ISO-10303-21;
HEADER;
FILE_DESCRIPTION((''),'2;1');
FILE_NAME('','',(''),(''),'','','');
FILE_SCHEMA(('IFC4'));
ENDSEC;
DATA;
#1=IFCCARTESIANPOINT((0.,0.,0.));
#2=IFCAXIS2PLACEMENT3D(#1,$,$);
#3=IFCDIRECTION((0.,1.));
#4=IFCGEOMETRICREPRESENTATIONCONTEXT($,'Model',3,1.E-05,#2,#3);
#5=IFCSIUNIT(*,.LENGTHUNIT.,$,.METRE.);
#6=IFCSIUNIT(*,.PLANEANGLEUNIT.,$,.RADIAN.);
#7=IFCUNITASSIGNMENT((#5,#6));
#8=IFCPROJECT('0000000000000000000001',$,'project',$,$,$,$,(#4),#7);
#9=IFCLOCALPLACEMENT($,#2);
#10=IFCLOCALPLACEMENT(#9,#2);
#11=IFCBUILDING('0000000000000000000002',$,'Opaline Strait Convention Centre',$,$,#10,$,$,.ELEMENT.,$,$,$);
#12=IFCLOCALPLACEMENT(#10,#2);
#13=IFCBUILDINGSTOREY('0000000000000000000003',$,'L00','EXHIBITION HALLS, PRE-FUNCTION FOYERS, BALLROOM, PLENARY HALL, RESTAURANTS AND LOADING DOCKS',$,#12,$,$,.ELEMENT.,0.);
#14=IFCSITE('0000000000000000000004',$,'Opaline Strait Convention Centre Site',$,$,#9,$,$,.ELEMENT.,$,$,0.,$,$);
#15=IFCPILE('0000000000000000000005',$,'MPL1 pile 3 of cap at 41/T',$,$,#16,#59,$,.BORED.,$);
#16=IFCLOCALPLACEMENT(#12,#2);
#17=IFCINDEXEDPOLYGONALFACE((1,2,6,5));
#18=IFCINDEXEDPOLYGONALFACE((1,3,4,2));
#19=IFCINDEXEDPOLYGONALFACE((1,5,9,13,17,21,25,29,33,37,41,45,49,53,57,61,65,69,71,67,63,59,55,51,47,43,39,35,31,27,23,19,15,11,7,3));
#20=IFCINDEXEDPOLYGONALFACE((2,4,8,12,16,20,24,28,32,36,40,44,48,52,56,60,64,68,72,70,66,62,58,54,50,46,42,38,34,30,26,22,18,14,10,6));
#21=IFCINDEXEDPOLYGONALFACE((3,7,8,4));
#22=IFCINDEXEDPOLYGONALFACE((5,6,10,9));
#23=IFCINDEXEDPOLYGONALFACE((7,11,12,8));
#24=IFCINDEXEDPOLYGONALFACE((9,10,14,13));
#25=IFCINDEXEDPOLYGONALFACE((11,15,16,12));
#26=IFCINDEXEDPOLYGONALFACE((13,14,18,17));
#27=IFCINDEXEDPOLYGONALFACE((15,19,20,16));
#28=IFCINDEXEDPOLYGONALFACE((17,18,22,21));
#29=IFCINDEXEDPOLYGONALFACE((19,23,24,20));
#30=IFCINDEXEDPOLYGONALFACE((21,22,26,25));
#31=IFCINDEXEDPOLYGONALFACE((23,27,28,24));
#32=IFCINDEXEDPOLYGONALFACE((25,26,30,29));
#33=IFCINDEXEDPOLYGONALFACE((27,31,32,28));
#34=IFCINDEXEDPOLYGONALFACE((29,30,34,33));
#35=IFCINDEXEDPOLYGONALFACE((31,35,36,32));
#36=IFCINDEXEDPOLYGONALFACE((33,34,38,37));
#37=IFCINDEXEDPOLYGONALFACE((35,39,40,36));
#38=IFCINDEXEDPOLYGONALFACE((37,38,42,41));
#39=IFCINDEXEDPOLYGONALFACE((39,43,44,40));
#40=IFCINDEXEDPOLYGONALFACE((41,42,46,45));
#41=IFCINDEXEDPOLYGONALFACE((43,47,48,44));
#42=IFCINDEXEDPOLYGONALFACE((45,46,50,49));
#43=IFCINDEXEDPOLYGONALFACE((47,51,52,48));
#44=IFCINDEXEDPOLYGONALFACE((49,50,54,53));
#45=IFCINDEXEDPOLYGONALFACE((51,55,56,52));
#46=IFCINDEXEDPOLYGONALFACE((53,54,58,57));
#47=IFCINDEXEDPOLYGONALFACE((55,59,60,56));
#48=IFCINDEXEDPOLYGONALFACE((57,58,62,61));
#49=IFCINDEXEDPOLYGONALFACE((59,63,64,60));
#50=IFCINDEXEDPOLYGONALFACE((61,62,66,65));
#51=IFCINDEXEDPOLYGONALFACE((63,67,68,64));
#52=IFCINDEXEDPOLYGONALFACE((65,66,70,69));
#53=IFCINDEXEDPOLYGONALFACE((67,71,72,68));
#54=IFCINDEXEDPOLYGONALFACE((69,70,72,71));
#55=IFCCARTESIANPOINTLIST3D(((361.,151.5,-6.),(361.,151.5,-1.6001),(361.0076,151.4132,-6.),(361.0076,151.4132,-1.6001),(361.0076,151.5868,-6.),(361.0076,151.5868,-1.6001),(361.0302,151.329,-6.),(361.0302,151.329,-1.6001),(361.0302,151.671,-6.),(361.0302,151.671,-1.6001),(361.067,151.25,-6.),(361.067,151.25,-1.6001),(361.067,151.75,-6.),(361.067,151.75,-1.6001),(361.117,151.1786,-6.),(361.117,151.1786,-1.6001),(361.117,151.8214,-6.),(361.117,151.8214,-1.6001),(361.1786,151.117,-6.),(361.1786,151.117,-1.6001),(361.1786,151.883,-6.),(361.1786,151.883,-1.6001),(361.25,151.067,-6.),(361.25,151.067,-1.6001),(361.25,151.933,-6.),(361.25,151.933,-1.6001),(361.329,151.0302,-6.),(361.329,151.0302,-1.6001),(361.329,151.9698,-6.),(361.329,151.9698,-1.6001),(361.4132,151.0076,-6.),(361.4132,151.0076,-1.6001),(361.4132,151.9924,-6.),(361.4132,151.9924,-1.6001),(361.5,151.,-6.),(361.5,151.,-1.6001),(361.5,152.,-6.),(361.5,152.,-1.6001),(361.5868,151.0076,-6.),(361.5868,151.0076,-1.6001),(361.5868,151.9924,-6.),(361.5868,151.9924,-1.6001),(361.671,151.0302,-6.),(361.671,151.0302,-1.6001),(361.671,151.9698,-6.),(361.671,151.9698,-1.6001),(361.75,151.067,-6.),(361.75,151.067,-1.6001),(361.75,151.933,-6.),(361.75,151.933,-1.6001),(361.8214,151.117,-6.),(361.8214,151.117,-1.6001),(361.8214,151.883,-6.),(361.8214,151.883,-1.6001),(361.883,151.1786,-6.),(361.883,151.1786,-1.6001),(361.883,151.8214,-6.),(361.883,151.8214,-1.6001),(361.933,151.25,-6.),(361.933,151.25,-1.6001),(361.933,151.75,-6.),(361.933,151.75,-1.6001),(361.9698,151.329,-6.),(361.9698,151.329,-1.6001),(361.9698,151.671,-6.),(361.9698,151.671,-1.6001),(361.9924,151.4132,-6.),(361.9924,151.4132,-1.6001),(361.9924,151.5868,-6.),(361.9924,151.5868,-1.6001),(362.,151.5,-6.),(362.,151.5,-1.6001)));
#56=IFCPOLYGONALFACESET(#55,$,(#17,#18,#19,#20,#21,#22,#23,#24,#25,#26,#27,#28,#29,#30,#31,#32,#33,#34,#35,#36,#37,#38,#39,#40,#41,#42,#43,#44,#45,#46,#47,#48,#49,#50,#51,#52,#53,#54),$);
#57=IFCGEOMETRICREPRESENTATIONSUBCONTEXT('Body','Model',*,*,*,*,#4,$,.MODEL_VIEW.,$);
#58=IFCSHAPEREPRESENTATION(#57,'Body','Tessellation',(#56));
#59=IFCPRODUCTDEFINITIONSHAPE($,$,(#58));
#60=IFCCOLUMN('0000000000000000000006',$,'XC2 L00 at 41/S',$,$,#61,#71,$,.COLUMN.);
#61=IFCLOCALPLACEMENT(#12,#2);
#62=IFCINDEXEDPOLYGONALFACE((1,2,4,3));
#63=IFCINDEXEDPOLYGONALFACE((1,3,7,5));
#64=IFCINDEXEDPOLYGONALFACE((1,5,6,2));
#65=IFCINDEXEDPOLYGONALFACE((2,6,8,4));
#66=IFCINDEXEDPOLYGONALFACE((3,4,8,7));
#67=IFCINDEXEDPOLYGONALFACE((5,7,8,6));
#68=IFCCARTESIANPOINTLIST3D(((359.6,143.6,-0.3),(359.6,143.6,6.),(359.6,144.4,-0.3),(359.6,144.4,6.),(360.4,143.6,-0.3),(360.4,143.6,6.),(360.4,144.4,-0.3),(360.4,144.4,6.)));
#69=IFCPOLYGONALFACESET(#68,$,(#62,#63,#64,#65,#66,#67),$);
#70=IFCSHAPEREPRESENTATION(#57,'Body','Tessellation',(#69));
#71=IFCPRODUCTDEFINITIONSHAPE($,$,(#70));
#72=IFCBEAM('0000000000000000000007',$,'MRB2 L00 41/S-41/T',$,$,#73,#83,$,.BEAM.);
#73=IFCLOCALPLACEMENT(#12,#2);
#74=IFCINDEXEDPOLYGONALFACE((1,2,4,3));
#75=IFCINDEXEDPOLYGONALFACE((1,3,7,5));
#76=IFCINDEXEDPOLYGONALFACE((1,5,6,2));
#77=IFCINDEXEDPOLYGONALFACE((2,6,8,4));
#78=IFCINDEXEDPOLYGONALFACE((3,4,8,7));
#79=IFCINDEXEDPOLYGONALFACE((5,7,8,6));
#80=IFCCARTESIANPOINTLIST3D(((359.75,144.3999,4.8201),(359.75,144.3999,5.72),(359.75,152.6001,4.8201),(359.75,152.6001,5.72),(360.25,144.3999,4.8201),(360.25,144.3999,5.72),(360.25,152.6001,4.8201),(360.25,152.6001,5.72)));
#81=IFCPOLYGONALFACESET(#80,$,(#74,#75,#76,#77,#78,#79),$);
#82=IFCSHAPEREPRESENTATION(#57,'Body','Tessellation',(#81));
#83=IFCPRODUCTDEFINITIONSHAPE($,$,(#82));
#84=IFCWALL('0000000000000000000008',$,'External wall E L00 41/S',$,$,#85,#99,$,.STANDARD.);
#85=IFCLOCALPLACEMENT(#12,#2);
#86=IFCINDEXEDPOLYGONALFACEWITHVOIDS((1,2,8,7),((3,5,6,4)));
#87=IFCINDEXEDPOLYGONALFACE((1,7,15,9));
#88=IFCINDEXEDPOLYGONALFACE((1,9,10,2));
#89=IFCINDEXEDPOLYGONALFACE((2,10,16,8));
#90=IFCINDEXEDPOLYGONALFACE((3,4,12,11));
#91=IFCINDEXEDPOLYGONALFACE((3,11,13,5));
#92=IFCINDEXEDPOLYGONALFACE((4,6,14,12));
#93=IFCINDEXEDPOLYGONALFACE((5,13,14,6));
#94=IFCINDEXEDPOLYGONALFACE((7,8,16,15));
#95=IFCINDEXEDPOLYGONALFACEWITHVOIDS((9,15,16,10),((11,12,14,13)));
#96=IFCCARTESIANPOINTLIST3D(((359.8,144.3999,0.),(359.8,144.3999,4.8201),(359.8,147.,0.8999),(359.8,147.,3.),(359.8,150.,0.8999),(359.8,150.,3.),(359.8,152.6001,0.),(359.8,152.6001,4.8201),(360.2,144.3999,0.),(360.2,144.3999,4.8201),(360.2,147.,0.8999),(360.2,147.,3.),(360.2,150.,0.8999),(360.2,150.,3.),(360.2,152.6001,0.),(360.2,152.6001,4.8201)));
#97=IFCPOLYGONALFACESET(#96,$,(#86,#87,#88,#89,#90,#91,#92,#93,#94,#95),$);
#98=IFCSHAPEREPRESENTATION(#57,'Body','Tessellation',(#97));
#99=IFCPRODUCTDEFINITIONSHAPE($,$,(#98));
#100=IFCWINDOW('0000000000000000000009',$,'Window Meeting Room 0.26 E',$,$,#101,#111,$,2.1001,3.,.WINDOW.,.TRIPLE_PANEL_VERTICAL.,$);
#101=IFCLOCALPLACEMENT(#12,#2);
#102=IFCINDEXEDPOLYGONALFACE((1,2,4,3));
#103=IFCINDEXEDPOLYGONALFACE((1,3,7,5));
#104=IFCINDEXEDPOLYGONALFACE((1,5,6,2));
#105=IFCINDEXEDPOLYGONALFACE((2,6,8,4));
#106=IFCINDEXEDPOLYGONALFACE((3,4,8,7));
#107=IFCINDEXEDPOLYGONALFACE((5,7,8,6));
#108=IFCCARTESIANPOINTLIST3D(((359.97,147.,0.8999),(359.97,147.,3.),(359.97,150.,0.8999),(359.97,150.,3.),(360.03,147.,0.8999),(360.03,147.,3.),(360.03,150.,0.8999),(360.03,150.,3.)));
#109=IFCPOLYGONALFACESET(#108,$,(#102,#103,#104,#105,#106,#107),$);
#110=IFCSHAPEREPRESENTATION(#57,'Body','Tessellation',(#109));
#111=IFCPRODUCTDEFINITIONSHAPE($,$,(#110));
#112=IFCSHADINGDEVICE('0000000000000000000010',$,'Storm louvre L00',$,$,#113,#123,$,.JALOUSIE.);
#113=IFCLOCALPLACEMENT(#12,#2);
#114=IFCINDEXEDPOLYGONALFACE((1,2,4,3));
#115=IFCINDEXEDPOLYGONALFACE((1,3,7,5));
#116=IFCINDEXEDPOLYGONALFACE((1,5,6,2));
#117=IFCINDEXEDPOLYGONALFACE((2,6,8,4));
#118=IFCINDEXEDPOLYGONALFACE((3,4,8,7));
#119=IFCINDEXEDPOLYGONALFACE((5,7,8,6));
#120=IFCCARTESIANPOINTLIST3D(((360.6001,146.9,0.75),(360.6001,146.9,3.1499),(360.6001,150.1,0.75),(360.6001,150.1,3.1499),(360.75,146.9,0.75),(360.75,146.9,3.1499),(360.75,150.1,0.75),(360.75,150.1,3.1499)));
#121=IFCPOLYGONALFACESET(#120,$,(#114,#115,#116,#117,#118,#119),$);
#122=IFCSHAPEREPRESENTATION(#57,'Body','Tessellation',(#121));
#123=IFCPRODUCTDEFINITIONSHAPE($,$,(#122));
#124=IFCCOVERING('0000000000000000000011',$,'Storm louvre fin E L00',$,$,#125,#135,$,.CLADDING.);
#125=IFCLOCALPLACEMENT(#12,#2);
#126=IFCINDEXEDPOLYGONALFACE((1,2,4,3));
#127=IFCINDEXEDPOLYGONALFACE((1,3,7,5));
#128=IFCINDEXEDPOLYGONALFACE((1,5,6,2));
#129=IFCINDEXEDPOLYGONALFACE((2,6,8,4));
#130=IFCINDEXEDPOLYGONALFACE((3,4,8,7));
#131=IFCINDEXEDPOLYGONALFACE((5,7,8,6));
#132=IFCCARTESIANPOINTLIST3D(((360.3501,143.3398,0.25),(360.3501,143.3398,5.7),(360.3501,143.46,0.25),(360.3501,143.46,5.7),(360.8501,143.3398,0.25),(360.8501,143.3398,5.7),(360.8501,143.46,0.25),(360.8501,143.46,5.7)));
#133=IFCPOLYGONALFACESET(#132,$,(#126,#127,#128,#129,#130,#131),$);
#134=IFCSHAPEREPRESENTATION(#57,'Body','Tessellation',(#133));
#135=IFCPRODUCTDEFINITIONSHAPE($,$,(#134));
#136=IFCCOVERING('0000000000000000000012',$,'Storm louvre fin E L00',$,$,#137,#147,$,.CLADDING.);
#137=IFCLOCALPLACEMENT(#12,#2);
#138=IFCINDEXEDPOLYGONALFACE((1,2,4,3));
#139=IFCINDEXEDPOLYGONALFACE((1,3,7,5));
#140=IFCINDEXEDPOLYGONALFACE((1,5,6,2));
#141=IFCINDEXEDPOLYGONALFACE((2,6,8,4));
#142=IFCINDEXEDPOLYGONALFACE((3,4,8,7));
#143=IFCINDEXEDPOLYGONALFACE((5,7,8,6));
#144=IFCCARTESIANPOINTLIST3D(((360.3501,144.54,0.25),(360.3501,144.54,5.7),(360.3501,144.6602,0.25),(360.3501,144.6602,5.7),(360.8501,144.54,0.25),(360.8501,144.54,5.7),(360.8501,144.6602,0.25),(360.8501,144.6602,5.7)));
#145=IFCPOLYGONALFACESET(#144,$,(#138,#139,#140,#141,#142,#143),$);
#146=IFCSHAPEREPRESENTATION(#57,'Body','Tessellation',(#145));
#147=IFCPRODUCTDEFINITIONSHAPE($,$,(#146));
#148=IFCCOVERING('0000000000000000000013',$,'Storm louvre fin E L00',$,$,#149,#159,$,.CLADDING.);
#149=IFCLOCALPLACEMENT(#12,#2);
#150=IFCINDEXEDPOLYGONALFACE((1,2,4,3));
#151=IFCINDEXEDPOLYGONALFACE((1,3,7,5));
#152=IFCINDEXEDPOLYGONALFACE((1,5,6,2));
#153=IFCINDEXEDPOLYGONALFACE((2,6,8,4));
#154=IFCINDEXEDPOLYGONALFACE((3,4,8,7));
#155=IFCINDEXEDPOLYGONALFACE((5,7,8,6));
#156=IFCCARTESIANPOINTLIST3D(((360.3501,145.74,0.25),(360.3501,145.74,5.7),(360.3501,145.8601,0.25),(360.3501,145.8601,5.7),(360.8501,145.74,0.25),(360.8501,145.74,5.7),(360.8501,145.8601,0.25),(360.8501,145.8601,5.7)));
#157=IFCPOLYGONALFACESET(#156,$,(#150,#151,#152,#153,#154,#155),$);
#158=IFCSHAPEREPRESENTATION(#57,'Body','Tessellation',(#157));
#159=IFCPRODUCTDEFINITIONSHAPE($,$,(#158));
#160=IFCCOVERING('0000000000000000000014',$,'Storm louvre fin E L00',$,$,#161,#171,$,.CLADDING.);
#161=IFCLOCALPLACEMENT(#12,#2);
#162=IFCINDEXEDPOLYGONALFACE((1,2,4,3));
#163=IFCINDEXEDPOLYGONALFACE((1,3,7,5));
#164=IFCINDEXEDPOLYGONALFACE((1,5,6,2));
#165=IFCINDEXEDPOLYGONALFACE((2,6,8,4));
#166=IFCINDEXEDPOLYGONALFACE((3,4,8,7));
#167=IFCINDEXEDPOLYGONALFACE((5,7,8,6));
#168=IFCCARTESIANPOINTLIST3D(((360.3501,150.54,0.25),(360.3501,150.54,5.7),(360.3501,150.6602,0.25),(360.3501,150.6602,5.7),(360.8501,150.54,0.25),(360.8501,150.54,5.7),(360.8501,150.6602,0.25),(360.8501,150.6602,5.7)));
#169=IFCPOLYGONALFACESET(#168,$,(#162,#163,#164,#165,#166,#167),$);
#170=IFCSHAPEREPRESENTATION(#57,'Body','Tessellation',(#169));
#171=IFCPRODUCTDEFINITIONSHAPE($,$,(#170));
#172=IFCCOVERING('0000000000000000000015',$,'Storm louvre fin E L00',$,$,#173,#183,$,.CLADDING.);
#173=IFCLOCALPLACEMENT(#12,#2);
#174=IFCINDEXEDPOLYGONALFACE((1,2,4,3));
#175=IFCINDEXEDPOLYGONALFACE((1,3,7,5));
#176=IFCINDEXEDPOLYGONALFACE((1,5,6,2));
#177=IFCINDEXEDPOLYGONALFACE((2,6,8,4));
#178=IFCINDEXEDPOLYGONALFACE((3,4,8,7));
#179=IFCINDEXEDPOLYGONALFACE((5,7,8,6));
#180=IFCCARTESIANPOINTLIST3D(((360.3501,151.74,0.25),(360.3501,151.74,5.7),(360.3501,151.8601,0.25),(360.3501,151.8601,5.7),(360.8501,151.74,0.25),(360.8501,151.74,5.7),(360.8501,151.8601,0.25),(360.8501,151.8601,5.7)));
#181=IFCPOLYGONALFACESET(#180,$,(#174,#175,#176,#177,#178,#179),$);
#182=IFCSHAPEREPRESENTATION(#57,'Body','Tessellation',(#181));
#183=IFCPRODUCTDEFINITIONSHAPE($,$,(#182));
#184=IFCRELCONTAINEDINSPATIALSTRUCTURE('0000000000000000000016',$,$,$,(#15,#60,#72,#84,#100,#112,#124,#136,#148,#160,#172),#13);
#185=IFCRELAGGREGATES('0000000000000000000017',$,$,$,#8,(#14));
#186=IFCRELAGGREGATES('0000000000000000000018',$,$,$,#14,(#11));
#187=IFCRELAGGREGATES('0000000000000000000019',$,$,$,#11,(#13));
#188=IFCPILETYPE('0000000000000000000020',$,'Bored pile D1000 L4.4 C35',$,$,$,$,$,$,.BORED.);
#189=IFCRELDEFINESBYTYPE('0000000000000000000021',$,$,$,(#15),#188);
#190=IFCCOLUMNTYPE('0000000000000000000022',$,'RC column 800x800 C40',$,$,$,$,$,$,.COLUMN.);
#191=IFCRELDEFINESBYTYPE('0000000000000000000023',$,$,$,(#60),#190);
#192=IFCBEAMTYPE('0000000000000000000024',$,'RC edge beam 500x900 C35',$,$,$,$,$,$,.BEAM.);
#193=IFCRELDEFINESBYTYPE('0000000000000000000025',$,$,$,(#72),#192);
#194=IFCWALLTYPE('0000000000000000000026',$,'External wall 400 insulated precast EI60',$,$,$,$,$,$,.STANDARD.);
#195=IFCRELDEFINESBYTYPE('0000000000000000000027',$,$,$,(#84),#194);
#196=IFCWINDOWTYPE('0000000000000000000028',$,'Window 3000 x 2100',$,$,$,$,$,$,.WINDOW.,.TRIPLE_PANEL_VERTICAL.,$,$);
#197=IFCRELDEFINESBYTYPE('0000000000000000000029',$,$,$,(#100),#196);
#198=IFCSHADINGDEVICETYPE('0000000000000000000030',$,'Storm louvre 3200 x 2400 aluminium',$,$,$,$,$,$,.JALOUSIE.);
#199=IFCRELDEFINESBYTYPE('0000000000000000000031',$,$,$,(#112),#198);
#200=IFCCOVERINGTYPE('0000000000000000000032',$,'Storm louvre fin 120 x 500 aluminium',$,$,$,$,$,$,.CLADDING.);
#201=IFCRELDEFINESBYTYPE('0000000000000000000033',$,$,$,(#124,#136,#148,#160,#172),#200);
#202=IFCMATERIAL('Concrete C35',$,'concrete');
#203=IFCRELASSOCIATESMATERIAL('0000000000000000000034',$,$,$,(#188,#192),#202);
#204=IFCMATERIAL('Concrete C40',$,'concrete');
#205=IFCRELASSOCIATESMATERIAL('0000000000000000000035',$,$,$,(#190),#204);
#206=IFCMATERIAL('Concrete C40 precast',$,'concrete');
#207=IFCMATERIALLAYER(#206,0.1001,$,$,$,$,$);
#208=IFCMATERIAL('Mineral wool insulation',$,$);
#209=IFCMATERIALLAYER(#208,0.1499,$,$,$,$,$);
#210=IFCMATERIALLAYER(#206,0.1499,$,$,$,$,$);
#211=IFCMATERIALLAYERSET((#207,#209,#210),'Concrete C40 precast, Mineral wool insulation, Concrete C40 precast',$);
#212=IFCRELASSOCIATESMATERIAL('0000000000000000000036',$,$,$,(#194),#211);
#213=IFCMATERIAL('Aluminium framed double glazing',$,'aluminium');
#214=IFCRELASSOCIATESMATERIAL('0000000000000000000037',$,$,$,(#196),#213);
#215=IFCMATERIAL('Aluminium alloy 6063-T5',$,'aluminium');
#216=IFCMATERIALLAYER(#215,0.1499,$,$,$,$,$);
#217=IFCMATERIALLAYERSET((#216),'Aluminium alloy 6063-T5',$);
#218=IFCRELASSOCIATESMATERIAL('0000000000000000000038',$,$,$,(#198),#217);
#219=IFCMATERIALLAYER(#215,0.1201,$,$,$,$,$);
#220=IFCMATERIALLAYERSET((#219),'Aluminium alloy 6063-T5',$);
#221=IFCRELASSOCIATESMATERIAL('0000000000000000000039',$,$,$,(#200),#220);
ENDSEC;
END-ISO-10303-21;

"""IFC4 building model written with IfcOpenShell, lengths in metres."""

from ifc_helpers import new_model, si_unit, direction, frame, frame_2d, origin, origin_2d, place, context, subcontext, project, spatial, rectangle, circle, extrude, material, layer, layer_set, material_profile, profile_set, type_object, element, fill, save


model = new_model("IFC4")

# Units and contexts
model_context = context("Model", 3, precision=1e-05, world=origin(), true_north=direction((0.0, 1.0)))
body_context = subcontext(model_context, "Body", "Model", "MODEL_VIEW")
ifc_project = project(units=[si_unit("LENGTHUNIT", "METRE"), si_unit("PLANEANGLEUNIT", "RADIAN")], contexts=[model_context])

# Site, building, storey
site_placement = place(None, origin())
site = spatial("IfcSite", under=ifc_project, at=site_placement, Name="Opaline Strait Convention Centre Site", CompositionType="ELEMENT", RefElevation=0.0)
building_placement = place(site_placement, origin())
building = spatial("IfcBuilding", under=site, at=building_placement, Name="Opaline Strait Convention Centre", CompositionType="ELEMENT")
storey_placement = place(building_placement, origin())
storey = spatial("IfcBuildingStorey", under=building, at=storey_placement, Name="L00", Description="EXHIBITION HALLS, PRE-FUNCTION FOYERS, BALLROOM, PLENARY HALL, RESTAURANTS AND LOADING DOCKS", CompositionType="ELEMENT", Elevation=0.0)

# Pile
ifc_material_1 = material(Name="Concrete C35", Category="concrete")
ifc_material_profile_1 = material_profile(ifc_material_1, circle(Radius=0.5, at=origin_2d()), Name="D1000")
ifc_profile_set_1 = profile_set([ifc_material_profile_1], Name="Concrete C35")
pile_type = type_object("IfcPileType", Name="Bored pile D1000 L4.4 C35", PredefinedType="BORED", material=ifc_profile_set_1)
for number, where, z_axis, x_axis, name in (
    (1, (361.5, 151.5, -1.6001), (0.0, 0.0, -1.0), (1.0, 0.0, 0.0), "MPL1 pile 3 of cap at 41/T"),
):
    element("IfcPile", number, at=place(storey_placement, frame(where, z_axis=z_axis, x_axis=x_axis)), inside=storey, type_object=pile_type, Name=name, PredefinedType="BORED", context=body_context, shape_type="SweptSolid", body=[
        extrude(circle(Radius=0.5, at=origin_2d()), origin(), (0.0, 0.0, 1.0), 4.3999),
    ])

# Column
ifc_material_2 = material(Name="Concrete C40", Category="concrete")
ifc_material_profile_2 = material_profile(ifc_material_2, rectangle(XDim=0.8, YDim=0.8, at=origin_2d()), Name="RC 800x800")
ifc_profile_set_2 = profile_set([ifc_material_profile_2], Name="Concrete C40")
column_type = type_object("IfcColumnType", Name="RC column 800x800 C40", PredefinedType="COLUMN", material=ifc_profile_set_2)
column_placement = place(storey_placement, frame((360.0, 144.0, -0.3), z_axis=(0.0, 0.0, 1.0), x_axis=(1.0, 0.0, 0.0)))
element("IfcColumn", 2, at=column_placement, inside=storey, type_object=column_type, Name="XC2 L00 at 41/S", PredefinedType="COLUMN", context=body_context, shape_type="SweptSolid", body=[
    extrude(rectangle(XDim=0.8, YDim=0.8, at=origin_2d()), origin(), (0.0, 0.0, 1.0), 6.3),
])

# Beam
ifc_material_profile_3 = material_profile(ifc_material_1, rectangle(XDim=0.5, YDim=0.8999, at=origin_2d()), Name="RC 500x900")
ifc_profile_set_3 = profile_set([ifc_material_profile_3], Name="Concrete C35")
beam_type = type_object("IfcBeamType", Name="RC edge beam 500x900 C35", PredefinedType="BEAM", material=ifc_profile_set_3)
beam_placement = place(storey_placement, frame((360.0, 144.3999, 5.27), z_axis=(0.0, 1.0, 0.0), x_axis=(-1.0, 0.0, 0.0)))
element("IfcBeam", 3, at=beam_placement, inside=storey, type_object=beam_type, Name="MRB2 L00 41/S-41/T", PredefinedType="BEAM", context=body_context, shape_type="SweptSolid", body=[
    extrude(rectangle(XDim=0.5, YDim=0.8999, at=origin_2d()), origin(), (0.0, 0.0, 1.0), 8.2002),
])

# Wall, opening, window
ifc_material_3 = material(Name="Concrete C40 precast", Category="concrete")
ifc_layer_1 = layer(ifc_material_3, 0.1001)
ifc_material_4 = material(Name="Mineral wool insulation")
ifc_layer_2 = layer(ifc_material_4, 0.1499)
ifc_layer_3 = layer(ifc_material_3, 0.1499)
ifc_layer_set_1 = layer_set([ifc_layer_1, ifc_layer_2, ifc_layer_3], Name="Concrete C40 precast, Mineral wool insulation, Concrete C40 precast")
wall_type = type_object("IfcWallType", Name="External wall 400 insulated precast EI60", PredefinedType="STANDARD", material=ifc_layer_set_1)
wall_placement = place(storey_placement, frame((360.0, 144.3999, 0.0), z_axis=(0.0, 0.0, 1.0), x_axis=(0.0, 1.0, 0.0)))
wall = element("IfcWall", 4, at=wall_placement, inside=storey, type_object=wall_type, Name="External wall E L00 41/S", PredefinedType="STANDARD", context=body_context, shape_type="SweptSolid", body=[
    extrude(rectangle(XDim=8.2002, YDim=0.3999, at=frame_2d((4.1001, 0.0))), origin(), (0.0, 0.0, 1.0), 4.8201),
])
opening_placement = place(wall_placement, frame((2.6001, 0.0, 0.8999)))
opening = element("IfcOpeningElement", 5, at=opening_placement, cuts=wall, PredefinedType="OPENING", context=body_context, shape_type="SweptSolid", body=[
    extrude(rectangle(XDim=3.0, YDim=2.1001, at=frame_2d((1.5, 1.05))), frame((0.0, 0.21, 0.0), z_axis=(0.0, -1.0, 0.0), x_axis=(1.0, 0.0, 0.0)), (0.0, 0.0, 1.0), 0.4199),
])
ifc_material_5 = material(Name="Aluminium framed double glazing", Category="aluminium")
window_type = type_object("IfcWindowType", Name="Window 3000 x 2100", PartitioningType="TRIPLE_PANEL_VERTICAL", PredefinedType="WINDOW", material=ifc_material_5)
window_placement = place(opening_placement, origin())
window = element("IfcWindow", 6, at=window_placement, inside=storey, type_object=window_type, Name="Window Meeting Room 0.26 E", OverallHeight=2.1001, OverallWidth=3.0, PartitioningType="TRIPLE_PANEL_VERTICAL", PredefinedType="WINDOW", context=body_context, shape_type="SweptSolid", body=[
    extrude(rectangle(XDim=3.0, YDim=2.1001, at=frame_2d((1.5, 1.05))), frame((0.0, 0.03, 0.0), z_axis=(0.0, -1.0, 0.0), x_axis=(1.0, 0.0, 0.0)), (0.0, 0.0, 1.0), 0.0601),
])
fill(opening, window)

# Shading device
ifc_material_6 = material(Name="Aluminium alloy 6063-T5", Category="aluminium")
ifc_layer_4 = layer(ifc_material_6, 0.1499)
ifc_layer_set_2 = layer_set([ifc_layer_4], Name="Aluminium alloy 6063-T5")
shading_device_type = type_object("IfcShadingDeviceType", Name="Storm louvre 3200 x 2400 aluminium", PredefinedType="JALOUSIE", material=ifc_layer_set_2)
shading_device_placement = place(storey_placement, frame((360.675, 148.5, 0.75), z_axis=(0.0, 0.0, 1.0), x_axis=(1.0, 0.0, 0.0)))
element("IfcShadingDevice", 7, at=shading_device_placement, inside=storey, type_object=shading_device_type, Name="Storm louvre L00", PredefinedType="JALOUSIE", context=body_context, shape_type="SweptSolid", body=[
    extrude(rectangle(XDim=0.1499, YDim=3.2, at=origin_2d()), origin(), (0.0, 0.0, 1.0), 2.3999),
])

# Coverings
ifc_layer_5 = layer(ifc_material_6, 0.1201)
ifc_layer_set_3 = layer_set([ifc_layer_5], Name="Aluminium alloy 6063-T5")
covering_type = type_object("IfcCoveringType", Name="Storm louvre fin 120 x 500 aluminium", PredefinedType="CLADDING", material=ifc_layer_set_3)
for number, where, z_axis, x_axis, name in (
    (8, (360.6001, 143.3999, 0.25), (0.0, 0.0, 1.0), (1.0, 0.0, 0.0), "Storm louvre fin E L00"),
    (9, (360.6001, 144.6001, 0.25), (0.0, 0.0, 1.0), (1.0, 0.0, 0.0), "Storm louvre fin E L00"),
    (10, (360.6001, 145.8, 0.25), (0.0, 0.0, 1.0), (1.0, 0.0, 0.0), "Storm louvre fin E L00"),
    (11, (360.6001, 150.6001, 0.25), (0.0, 0.0, 1.0), (1.0, 0.0, 0.0), "Storm louvre fin E L00"),
    (12, (360.6001, 151.8, 0.25), (0.0, 0.0, 1.0), (1.0, 0.0, 0.0), "Storm louvre fin E L00"),
):
    element("IfcCovering", number, at=place(storey_placement, frame(where, z_axis=z_axis, x_axis=x_axis)), inside=storey, type_object=covering_type, Name=name, PredefinedType="CLADDING", context=body_context, shape_type="SweptSolid", body=[
        extrude(rectangle(XDim=0.5, YDim=0.1201, at=origin_2d()), origin(), (0.0, 0.0, 1.0), 5.45),
    ])

save(model, "model.ifc")
